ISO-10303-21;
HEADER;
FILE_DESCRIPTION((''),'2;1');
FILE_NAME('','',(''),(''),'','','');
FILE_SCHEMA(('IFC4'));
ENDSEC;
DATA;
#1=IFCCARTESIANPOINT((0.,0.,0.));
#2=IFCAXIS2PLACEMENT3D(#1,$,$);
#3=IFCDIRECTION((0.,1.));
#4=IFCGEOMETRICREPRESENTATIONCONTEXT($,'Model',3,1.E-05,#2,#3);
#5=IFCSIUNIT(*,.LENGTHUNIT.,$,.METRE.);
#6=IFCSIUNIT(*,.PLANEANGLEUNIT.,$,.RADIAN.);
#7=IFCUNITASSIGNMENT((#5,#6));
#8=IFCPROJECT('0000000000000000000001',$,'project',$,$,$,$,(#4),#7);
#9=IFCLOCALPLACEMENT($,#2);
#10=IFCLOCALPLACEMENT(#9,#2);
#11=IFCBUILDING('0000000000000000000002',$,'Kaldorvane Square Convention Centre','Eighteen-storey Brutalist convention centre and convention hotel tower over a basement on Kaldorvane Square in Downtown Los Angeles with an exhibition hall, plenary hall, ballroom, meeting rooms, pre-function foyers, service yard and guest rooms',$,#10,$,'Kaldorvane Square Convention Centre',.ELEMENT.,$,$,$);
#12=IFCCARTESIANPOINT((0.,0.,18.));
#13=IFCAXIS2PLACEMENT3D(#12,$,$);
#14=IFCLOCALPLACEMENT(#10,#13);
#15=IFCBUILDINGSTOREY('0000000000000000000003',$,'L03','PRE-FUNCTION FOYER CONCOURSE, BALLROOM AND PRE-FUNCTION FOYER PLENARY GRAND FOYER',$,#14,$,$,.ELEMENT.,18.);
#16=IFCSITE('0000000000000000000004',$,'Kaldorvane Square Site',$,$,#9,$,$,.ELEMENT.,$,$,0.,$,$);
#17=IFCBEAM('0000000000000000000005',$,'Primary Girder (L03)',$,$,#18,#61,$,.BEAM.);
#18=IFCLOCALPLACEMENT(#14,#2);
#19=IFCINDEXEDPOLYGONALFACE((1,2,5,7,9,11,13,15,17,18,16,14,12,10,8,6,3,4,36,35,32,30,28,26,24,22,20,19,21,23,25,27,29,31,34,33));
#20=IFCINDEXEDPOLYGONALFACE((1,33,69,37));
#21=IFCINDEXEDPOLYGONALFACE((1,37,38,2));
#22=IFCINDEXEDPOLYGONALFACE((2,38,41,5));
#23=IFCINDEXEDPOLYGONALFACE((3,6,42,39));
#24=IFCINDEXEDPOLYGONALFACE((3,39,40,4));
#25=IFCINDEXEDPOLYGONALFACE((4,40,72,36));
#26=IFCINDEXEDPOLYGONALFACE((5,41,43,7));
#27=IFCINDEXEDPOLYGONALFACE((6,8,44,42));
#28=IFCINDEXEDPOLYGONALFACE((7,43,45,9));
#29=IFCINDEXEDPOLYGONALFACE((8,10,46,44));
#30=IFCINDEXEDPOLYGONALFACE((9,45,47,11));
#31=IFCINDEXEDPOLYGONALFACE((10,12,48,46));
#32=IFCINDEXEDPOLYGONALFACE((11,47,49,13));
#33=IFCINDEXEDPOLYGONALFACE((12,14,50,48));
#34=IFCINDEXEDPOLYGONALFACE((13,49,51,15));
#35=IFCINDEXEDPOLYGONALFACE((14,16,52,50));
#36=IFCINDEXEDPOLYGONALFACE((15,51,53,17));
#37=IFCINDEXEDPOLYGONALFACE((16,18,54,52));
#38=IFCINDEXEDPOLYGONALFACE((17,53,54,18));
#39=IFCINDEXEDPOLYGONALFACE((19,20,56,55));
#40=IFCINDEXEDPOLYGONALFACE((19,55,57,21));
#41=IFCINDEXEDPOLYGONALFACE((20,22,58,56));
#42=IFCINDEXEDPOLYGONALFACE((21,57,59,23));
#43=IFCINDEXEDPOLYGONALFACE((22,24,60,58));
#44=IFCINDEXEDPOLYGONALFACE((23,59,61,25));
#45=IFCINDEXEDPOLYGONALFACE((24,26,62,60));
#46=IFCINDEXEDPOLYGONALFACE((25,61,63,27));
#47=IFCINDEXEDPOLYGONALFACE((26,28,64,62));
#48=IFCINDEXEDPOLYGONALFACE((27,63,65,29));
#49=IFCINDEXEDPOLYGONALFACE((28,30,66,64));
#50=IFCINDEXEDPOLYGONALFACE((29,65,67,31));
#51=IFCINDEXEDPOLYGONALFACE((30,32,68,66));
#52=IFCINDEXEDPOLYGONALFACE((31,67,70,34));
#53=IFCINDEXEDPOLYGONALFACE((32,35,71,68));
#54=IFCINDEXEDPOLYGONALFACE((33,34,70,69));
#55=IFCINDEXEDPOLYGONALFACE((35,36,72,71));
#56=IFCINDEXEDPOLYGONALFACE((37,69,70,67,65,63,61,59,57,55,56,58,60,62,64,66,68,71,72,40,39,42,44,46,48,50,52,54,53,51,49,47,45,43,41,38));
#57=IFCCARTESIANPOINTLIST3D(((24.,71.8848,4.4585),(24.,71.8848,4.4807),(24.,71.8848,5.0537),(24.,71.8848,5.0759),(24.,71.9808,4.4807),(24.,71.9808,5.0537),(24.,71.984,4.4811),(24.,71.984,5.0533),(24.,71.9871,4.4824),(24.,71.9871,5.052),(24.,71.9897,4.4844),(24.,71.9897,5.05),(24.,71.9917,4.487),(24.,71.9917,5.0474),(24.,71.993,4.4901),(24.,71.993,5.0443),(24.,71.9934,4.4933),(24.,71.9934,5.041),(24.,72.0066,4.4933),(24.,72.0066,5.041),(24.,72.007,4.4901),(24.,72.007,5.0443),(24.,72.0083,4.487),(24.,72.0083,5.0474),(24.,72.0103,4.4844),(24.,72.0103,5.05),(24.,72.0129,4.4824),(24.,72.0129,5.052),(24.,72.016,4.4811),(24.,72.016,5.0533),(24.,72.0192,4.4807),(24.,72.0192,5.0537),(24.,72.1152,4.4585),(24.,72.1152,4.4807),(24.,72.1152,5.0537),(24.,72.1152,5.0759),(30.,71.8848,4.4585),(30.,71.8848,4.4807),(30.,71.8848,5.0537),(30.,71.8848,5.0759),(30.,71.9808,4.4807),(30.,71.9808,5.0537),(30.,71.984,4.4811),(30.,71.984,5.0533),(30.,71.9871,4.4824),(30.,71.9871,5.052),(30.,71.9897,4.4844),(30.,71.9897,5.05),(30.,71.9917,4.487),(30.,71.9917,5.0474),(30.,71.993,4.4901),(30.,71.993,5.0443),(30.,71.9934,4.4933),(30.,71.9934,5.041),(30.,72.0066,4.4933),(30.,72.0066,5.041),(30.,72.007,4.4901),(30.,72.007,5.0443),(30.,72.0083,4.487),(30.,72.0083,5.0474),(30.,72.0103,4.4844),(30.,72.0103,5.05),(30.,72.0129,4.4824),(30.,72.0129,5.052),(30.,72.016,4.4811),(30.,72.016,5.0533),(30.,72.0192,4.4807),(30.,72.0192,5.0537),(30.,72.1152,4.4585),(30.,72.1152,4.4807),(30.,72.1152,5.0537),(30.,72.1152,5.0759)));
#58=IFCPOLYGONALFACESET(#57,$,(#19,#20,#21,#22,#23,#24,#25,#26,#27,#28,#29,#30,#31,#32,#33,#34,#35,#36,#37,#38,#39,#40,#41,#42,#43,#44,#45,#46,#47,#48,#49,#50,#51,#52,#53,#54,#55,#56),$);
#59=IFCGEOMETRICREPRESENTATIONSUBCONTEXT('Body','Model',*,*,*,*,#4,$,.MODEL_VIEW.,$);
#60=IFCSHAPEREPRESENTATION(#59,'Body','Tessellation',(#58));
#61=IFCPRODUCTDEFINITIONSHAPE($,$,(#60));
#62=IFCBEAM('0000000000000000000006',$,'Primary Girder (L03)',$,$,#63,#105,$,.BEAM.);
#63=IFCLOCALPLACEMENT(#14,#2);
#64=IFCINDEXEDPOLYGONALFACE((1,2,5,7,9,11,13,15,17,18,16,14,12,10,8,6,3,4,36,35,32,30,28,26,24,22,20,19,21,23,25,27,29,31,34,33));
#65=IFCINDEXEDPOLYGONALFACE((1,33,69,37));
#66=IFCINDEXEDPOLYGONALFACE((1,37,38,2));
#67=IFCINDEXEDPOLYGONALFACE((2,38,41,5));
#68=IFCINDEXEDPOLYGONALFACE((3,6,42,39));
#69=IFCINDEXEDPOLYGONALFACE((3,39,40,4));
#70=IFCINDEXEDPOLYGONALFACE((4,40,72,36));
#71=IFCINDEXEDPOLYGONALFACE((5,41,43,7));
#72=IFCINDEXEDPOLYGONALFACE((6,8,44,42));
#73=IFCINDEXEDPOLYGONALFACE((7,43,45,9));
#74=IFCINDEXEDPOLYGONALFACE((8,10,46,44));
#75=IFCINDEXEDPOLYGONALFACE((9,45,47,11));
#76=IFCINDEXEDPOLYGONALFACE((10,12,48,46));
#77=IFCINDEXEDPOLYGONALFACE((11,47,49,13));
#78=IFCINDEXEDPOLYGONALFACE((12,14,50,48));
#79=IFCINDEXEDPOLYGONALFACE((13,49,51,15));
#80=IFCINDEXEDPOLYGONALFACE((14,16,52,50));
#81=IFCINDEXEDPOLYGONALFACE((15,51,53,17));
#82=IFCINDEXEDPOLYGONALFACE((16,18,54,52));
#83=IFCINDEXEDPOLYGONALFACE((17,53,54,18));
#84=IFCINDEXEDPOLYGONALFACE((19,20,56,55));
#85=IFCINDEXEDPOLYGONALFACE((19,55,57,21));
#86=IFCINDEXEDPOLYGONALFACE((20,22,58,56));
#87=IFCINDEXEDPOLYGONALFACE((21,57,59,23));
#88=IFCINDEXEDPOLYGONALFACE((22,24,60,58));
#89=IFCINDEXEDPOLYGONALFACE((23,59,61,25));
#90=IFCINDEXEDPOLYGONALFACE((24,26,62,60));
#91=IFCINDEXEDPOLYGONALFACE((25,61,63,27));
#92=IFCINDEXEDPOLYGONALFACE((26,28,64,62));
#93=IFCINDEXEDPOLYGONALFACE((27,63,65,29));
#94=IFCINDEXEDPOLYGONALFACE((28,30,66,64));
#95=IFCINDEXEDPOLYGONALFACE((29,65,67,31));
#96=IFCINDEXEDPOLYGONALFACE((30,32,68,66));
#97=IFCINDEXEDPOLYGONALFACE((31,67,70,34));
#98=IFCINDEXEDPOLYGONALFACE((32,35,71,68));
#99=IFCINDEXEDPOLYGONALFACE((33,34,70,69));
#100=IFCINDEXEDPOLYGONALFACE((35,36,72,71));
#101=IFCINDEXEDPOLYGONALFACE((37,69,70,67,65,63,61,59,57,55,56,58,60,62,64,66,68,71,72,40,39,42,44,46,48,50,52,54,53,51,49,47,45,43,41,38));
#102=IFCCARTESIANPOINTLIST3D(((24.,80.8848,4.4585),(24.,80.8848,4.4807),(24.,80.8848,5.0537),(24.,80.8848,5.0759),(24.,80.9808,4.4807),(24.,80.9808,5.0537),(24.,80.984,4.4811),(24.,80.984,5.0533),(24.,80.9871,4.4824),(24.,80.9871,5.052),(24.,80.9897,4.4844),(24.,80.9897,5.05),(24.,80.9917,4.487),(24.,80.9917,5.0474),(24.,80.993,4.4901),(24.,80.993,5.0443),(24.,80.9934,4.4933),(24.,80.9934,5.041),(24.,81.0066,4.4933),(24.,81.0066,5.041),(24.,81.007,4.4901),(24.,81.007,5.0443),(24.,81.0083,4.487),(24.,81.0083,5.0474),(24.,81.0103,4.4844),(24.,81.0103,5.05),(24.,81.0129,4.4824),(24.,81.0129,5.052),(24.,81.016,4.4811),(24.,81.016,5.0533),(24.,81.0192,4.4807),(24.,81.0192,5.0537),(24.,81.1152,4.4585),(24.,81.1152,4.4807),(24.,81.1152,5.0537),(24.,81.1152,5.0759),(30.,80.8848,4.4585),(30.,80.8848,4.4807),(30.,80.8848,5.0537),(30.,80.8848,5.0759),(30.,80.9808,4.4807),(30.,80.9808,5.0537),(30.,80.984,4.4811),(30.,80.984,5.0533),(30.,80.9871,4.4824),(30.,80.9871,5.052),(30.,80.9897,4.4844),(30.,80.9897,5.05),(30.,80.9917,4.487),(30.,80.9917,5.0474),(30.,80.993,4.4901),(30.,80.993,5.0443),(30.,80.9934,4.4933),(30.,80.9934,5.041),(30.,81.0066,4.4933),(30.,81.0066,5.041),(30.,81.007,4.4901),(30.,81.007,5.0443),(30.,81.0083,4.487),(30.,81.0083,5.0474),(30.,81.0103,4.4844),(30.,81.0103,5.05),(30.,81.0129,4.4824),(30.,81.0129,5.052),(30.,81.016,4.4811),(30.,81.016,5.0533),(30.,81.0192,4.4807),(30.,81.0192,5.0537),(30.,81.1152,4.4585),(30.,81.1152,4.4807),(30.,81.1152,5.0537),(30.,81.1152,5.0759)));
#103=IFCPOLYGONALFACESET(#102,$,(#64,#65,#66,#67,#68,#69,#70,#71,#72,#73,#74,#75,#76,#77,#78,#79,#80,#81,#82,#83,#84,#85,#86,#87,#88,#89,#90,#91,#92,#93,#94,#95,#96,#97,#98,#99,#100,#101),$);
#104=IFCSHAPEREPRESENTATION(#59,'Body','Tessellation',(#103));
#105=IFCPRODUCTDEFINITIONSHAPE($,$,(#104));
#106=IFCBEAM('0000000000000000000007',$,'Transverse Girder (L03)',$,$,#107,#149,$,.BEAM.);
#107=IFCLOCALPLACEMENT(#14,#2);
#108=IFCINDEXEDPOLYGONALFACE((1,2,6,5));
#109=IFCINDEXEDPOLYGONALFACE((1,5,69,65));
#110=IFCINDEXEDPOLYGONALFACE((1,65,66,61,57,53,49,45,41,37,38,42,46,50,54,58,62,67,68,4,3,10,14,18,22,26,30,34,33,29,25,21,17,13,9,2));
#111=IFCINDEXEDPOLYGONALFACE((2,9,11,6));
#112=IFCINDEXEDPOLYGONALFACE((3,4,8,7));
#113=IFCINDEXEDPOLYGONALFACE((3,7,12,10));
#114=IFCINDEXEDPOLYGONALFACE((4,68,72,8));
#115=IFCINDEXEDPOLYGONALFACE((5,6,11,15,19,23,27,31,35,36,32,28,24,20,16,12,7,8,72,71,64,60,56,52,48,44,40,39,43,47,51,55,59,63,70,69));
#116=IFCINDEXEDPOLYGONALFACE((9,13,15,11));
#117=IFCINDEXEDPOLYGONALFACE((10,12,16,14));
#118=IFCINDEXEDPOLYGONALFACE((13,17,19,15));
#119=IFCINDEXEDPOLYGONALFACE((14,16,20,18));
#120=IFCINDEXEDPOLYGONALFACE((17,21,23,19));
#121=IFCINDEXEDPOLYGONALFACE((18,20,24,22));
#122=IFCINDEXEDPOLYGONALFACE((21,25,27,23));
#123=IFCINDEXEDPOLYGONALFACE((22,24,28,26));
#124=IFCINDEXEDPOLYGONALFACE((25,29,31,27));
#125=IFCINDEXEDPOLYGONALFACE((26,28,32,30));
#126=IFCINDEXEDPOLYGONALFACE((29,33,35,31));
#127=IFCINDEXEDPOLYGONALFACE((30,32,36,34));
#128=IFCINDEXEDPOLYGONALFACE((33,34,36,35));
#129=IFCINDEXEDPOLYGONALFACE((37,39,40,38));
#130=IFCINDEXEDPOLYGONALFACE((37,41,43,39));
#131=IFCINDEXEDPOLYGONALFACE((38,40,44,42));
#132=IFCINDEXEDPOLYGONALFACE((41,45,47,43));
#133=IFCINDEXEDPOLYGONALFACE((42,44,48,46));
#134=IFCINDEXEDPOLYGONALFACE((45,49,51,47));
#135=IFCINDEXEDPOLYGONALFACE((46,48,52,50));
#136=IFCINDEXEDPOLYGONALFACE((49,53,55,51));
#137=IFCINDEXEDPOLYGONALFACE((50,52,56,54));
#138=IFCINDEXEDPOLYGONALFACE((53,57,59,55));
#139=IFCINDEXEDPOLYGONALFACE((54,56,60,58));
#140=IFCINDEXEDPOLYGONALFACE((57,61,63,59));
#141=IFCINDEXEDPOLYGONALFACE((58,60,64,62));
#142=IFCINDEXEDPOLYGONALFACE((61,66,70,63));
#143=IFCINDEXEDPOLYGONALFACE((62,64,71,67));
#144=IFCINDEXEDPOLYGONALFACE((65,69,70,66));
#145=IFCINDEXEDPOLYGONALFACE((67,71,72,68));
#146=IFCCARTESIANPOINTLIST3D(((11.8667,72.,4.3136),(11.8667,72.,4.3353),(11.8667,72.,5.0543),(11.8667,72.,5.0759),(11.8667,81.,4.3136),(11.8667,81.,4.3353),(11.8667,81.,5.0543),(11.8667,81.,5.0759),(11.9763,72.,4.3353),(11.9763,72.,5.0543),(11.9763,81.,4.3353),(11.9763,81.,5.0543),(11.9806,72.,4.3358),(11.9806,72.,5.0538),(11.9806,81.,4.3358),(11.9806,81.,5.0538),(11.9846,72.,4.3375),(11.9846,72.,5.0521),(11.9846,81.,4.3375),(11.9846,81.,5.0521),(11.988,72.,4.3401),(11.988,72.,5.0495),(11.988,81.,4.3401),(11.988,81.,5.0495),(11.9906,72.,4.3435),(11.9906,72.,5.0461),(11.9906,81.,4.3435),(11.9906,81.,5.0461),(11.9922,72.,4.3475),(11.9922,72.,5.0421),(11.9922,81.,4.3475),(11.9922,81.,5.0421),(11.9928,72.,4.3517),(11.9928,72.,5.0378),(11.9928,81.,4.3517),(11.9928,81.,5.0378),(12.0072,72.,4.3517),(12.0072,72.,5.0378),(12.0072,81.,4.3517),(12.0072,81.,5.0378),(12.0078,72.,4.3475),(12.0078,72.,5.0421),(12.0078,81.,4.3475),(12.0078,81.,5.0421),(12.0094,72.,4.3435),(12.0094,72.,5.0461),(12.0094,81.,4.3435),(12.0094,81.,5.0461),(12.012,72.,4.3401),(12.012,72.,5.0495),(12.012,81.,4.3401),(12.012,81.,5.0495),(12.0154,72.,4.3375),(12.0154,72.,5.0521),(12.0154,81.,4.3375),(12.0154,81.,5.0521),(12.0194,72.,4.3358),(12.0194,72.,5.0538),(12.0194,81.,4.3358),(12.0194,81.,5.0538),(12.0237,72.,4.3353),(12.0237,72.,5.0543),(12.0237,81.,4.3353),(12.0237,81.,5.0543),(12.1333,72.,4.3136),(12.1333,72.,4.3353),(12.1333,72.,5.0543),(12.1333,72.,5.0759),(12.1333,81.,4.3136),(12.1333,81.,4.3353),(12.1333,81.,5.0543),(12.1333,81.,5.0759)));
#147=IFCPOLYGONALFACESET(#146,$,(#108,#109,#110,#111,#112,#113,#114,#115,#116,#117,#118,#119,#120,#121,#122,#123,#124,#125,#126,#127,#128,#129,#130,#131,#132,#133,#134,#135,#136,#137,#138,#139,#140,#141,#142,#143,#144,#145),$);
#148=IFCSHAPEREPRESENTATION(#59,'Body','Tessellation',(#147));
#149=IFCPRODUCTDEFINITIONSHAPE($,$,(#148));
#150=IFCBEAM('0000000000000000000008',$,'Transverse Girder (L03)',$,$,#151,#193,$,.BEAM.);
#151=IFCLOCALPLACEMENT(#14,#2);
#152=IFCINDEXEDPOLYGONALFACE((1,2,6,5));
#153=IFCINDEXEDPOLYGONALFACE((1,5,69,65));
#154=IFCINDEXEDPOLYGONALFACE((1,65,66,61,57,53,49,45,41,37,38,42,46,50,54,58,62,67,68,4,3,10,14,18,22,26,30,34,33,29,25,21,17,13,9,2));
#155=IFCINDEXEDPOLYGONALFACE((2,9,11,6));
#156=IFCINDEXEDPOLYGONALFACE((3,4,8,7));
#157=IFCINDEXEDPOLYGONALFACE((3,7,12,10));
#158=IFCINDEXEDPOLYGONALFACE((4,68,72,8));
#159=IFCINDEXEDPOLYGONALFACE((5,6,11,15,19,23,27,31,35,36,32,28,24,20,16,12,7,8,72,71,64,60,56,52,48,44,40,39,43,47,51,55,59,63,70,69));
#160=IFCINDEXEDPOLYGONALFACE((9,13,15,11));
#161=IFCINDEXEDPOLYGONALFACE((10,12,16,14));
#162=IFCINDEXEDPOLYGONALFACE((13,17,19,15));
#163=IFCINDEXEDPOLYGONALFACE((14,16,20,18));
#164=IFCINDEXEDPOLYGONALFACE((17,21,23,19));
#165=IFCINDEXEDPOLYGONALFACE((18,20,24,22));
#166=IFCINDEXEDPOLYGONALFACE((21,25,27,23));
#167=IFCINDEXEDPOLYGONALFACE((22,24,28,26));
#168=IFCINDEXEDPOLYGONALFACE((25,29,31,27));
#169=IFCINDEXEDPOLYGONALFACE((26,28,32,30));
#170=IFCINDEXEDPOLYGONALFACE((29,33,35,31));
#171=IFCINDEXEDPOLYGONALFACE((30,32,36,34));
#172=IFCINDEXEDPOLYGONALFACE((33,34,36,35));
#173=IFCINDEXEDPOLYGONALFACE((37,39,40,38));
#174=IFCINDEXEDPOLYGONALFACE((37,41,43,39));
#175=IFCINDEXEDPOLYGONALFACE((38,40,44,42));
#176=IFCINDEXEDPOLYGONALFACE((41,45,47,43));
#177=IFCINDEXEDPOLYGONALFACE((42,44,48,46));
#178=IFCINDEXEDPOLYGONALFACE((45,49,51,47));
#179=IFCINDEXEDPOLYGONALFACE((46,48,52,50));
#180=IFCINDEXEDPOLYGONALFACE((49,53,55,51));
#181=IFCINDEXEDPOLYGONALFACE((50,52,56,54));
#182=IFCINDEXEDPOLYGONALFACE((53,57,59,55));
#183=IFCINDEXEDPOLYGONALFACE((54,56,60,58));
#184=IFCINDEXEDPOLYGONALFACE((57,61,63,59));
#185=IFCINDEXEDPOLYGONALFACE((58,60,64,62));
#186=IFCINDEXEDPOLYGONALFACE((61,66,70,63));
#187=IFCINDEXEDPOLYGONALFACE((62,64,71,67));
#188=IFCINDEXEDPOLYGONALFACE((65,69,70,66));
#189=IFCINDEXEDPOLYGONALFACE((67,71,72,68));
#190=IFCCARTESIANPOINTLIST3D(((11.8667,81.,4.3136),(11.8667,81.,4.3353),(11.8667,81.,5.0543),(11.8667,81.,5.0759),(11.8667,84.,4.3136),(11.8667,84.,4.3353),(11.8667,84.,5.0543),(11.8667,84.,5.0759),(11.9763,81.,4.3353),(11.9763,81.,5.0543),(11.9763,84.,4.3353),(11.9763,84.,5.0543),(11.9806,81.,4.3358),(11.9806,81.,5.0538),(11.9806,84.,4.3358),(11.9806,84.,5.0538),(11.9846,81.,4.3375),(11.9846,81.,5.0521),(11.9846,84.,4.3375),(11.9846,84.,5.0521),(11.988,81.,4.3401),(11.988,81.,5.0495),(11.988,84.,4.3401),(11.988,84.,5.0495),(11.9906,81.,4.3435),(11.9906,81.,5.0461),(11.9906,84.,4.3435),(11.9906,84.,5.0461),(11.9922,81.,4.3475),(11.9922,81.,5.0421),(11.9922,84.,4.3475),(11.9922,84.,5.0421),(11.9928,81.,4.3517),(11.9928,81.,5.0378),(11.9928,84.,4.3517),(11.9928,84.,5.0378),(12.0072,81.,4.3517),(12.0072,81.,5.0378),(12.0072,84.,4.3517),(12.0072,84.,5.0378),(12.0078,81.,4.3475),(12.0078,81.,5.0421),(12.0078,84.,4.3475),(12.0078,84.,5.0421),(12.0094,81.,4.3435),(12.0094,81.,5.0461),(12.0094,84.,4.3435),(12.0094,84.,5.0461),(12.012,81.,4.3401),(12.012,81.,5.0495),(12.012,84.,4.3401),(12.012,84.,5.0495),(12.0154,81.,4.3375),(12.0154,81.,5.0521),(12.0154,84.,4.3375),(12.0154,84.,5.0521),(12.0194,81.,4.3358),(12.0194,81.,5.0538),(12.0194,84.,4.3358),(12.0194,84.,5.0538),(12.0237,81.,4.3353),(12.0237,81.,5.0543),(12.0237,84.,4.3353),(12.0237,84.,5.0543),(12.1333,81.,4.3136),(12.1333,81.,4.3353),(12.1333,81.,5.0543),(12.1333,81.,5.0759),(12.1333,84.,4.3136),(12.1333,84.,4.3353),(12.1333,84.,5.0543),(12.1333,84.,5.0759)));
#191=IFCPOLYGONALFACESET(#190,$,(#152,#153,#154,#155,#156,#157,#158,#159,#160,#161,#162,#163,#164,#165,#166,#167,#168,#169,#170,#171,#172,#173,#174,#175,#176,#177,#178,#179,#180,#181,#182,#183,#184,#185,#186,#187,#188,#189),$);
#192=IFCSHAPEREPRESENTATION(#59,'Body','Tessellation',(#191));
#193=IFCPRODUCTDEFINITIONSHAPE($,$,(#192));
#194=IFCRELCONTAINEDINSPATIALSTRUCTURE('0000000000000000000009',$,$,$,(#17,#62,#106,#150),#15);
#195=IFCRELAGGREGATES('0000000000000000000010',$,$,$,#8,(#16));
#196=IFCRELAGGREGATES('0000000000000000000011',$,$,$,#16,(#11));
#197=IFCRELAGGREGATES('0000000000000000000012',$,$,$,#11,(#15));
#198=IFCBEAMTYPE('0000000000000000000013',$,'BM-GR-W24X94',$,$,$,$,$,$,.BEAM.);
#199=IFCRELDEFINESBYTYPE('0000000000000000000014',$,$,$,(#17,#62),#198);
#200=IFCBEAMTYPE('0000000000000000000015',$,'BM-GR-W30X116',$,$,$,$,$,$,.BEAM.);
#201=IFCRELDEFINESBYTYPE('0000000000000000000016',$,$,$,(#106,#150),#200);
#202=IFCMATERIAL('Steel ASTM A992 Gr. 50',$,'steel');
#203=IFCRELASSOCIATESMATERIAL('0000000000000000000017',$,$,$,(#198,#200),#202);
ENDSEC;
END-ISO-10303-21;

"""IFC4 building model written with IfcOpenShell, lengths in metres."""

from ifc_helpers import new_model, si_unit, direction, frame, origin, origin_2d, place, context, subcontext, project, spatial, i_section, extrude, material, material_profile, profile_set, type_object, element, save


model = new_model("IFC4")

# Units and contexts
model_context = context("Model", 3, precision=1e-05, world=origin(), true_north=direction((0.0, 1.0)))
body_context = subcontext(model_context, "Body", "Model", "MODEL_VIEW")
ifc_project = project(units=[si_unit("LENGTHUNIT", "METRE"), si_unit("PLANEANGLEUNIT", "RADIAN")], contexts=[model_context])

# Site, building, storey
site_placement = place(None, origin())
site = spatial("IfcSite", under=ifc_project, at=site_placement, Name="Kaldorvane Square Site", CompositionType="ELEMENT", RefElevation=0.0)
building_placement = place(site_placement, origin())
building = spatial("IfcBuilding", under=site, at=building_placement, Name="Kaldorvane Square Convention Centre", Description="Eighteen-storey Brutalist convention centre and convention hotel tower over a basement on Kaldorvane Square in Downtown Los Angeles with an exhibition hall, plenary hall, ballroom, meeting rooms, pre-function foyers, service yard and guest rooms", LongName="Kaldorvane Square Convention Centre", CompositionType="ELEMENT")
storey_placement = place(building_placement, frame((0.0, 0.0, 18.0)))
storey = spatial("IfcBuildingStorey", under=building, at=storey_placement, Name="L03", Description="PRE-FUNCTION FOYER CONCOURSE, BALLROOM AND PRE-FUNCTION FOYER PLENARY GRAND FOYER", CompositionType="ELEMENT", Elevation=18.0)

# Shared definitions
ifc_material_1 = material(Name="Steel ASTM A992 Gr. 50", Category="steel")

# Beams
ifc_material_profile_1 = material_profile(ifc_material_1, i_section(OverallWidth=0.2303, OverallDepth=0.6175, WebThickness=0.0131, FlangeThickness=0.0222, FilletRadius=0.0127, at=origin_2d()), Name="W24X94")
ifc_profile_set_1 = profile_set([ifc_material_profile_1], Name="Steel ASTM A992 Gr. 50")
beam_type_1 = type_object("IfcBeamType", Name="BM-GR-W24X94", PredefinedType="BEAM", material=ifc_profile_set_1)
for number, where, z_axis, x_axis, name in (
    (1, (24.0, 72.0, 4.7672), (1.0, 0.0, 0.0), (0.0, 1.0, 0.0), "Primary Girder (L03)"),
    (2, (24.0, 81.0, 4.7672), (1.0, 0.0, 0.0), (0.0, 1.0, 0.0), "Primary Girder (L03)"),
):
    element("IfcBeam", number, at=place(storey_placement, frame(where, z_axis=z_axis, x_axis=x_axis)), inside=storey, type_object=beam_type_1, Name=name, PredefinedType="BEAM", context=body_context, shape_type="SweptSolid", body=[
        extrude(i_section(OverallWidth=0.2303, OverallDepth=0.6175, WebThickness=0.0131, FlangeThickness=0.0222, FilletRadius=0.0127, at=origin_2d()), origin(), (0.0, 0.0, 1.0), 6.0),
    ])
ifc_material_profile_2 = material_profile(ifc_material_1, i_section(OverallWidth=0.2666, OverallDepth=0.7623, WebThickness=0.0144, FlangeThickness=0.0216, FilletRadius=0.0165, at=origin_2d()), Name="W30X116")
ifc_profile_set_2 = profile_set([ifc_material_profile_2], Name="Steel ASTM A992 Gr. 50")
beam_type_2 = type_object("IfcBeamType", Name="BM-GR-W30X116", PredefinedType="BEAM", material=ifc_profile_set_2)
beam_1_placement = place(storey_placement, frame((12.0, 72.0, 4.6948), z_axis=(0.0, 1.0, 0.0), x_axis=(-1.0, 0.0, 0.0)))
element("IfcBeam", 3, at=beam_1_placement, inside=storey, type_object=beam_type_2, Name="Transverse Girder (L03)", PredefinedType="BEAM", context=body_context, shape_type="SweptSolid", body=[
    extrude(i_section(OverallWidth=0.2666, OverallDepth=0.7623, WebThickness=0.0144, FlangeThickness=0.0216, FilletRadius=0.0165, at=origin_2d()), origin(), (0.0, 0.0, 1.0), 9.0),
])
beam_2_placement = place(storey_placement, frame((12.0, 81.0, 4.6948), z_axis=(0.0, 1.0, 0.0), x_axis=(-1.0, 0.0, 0.0)))
element("IfcBeam", 4, at=beam_2_placement, inside=storey, type_object=beam_type_2, Name="Transverse Girder (L03)", PredefinedType="BEAM", context=body_context, shape_type="SweptSolid", body=[
    extrude(i_section(OverallWidth=0.2666, OverallDepth=0.7623, WebThickness=0.0144, FlangeThickness=0.0216, FilletRadius=0.0165, at=origin_2d()), origin(), (0.0, 0.0, 1.0), 3.0),
])

save(model, "model.ifc")
